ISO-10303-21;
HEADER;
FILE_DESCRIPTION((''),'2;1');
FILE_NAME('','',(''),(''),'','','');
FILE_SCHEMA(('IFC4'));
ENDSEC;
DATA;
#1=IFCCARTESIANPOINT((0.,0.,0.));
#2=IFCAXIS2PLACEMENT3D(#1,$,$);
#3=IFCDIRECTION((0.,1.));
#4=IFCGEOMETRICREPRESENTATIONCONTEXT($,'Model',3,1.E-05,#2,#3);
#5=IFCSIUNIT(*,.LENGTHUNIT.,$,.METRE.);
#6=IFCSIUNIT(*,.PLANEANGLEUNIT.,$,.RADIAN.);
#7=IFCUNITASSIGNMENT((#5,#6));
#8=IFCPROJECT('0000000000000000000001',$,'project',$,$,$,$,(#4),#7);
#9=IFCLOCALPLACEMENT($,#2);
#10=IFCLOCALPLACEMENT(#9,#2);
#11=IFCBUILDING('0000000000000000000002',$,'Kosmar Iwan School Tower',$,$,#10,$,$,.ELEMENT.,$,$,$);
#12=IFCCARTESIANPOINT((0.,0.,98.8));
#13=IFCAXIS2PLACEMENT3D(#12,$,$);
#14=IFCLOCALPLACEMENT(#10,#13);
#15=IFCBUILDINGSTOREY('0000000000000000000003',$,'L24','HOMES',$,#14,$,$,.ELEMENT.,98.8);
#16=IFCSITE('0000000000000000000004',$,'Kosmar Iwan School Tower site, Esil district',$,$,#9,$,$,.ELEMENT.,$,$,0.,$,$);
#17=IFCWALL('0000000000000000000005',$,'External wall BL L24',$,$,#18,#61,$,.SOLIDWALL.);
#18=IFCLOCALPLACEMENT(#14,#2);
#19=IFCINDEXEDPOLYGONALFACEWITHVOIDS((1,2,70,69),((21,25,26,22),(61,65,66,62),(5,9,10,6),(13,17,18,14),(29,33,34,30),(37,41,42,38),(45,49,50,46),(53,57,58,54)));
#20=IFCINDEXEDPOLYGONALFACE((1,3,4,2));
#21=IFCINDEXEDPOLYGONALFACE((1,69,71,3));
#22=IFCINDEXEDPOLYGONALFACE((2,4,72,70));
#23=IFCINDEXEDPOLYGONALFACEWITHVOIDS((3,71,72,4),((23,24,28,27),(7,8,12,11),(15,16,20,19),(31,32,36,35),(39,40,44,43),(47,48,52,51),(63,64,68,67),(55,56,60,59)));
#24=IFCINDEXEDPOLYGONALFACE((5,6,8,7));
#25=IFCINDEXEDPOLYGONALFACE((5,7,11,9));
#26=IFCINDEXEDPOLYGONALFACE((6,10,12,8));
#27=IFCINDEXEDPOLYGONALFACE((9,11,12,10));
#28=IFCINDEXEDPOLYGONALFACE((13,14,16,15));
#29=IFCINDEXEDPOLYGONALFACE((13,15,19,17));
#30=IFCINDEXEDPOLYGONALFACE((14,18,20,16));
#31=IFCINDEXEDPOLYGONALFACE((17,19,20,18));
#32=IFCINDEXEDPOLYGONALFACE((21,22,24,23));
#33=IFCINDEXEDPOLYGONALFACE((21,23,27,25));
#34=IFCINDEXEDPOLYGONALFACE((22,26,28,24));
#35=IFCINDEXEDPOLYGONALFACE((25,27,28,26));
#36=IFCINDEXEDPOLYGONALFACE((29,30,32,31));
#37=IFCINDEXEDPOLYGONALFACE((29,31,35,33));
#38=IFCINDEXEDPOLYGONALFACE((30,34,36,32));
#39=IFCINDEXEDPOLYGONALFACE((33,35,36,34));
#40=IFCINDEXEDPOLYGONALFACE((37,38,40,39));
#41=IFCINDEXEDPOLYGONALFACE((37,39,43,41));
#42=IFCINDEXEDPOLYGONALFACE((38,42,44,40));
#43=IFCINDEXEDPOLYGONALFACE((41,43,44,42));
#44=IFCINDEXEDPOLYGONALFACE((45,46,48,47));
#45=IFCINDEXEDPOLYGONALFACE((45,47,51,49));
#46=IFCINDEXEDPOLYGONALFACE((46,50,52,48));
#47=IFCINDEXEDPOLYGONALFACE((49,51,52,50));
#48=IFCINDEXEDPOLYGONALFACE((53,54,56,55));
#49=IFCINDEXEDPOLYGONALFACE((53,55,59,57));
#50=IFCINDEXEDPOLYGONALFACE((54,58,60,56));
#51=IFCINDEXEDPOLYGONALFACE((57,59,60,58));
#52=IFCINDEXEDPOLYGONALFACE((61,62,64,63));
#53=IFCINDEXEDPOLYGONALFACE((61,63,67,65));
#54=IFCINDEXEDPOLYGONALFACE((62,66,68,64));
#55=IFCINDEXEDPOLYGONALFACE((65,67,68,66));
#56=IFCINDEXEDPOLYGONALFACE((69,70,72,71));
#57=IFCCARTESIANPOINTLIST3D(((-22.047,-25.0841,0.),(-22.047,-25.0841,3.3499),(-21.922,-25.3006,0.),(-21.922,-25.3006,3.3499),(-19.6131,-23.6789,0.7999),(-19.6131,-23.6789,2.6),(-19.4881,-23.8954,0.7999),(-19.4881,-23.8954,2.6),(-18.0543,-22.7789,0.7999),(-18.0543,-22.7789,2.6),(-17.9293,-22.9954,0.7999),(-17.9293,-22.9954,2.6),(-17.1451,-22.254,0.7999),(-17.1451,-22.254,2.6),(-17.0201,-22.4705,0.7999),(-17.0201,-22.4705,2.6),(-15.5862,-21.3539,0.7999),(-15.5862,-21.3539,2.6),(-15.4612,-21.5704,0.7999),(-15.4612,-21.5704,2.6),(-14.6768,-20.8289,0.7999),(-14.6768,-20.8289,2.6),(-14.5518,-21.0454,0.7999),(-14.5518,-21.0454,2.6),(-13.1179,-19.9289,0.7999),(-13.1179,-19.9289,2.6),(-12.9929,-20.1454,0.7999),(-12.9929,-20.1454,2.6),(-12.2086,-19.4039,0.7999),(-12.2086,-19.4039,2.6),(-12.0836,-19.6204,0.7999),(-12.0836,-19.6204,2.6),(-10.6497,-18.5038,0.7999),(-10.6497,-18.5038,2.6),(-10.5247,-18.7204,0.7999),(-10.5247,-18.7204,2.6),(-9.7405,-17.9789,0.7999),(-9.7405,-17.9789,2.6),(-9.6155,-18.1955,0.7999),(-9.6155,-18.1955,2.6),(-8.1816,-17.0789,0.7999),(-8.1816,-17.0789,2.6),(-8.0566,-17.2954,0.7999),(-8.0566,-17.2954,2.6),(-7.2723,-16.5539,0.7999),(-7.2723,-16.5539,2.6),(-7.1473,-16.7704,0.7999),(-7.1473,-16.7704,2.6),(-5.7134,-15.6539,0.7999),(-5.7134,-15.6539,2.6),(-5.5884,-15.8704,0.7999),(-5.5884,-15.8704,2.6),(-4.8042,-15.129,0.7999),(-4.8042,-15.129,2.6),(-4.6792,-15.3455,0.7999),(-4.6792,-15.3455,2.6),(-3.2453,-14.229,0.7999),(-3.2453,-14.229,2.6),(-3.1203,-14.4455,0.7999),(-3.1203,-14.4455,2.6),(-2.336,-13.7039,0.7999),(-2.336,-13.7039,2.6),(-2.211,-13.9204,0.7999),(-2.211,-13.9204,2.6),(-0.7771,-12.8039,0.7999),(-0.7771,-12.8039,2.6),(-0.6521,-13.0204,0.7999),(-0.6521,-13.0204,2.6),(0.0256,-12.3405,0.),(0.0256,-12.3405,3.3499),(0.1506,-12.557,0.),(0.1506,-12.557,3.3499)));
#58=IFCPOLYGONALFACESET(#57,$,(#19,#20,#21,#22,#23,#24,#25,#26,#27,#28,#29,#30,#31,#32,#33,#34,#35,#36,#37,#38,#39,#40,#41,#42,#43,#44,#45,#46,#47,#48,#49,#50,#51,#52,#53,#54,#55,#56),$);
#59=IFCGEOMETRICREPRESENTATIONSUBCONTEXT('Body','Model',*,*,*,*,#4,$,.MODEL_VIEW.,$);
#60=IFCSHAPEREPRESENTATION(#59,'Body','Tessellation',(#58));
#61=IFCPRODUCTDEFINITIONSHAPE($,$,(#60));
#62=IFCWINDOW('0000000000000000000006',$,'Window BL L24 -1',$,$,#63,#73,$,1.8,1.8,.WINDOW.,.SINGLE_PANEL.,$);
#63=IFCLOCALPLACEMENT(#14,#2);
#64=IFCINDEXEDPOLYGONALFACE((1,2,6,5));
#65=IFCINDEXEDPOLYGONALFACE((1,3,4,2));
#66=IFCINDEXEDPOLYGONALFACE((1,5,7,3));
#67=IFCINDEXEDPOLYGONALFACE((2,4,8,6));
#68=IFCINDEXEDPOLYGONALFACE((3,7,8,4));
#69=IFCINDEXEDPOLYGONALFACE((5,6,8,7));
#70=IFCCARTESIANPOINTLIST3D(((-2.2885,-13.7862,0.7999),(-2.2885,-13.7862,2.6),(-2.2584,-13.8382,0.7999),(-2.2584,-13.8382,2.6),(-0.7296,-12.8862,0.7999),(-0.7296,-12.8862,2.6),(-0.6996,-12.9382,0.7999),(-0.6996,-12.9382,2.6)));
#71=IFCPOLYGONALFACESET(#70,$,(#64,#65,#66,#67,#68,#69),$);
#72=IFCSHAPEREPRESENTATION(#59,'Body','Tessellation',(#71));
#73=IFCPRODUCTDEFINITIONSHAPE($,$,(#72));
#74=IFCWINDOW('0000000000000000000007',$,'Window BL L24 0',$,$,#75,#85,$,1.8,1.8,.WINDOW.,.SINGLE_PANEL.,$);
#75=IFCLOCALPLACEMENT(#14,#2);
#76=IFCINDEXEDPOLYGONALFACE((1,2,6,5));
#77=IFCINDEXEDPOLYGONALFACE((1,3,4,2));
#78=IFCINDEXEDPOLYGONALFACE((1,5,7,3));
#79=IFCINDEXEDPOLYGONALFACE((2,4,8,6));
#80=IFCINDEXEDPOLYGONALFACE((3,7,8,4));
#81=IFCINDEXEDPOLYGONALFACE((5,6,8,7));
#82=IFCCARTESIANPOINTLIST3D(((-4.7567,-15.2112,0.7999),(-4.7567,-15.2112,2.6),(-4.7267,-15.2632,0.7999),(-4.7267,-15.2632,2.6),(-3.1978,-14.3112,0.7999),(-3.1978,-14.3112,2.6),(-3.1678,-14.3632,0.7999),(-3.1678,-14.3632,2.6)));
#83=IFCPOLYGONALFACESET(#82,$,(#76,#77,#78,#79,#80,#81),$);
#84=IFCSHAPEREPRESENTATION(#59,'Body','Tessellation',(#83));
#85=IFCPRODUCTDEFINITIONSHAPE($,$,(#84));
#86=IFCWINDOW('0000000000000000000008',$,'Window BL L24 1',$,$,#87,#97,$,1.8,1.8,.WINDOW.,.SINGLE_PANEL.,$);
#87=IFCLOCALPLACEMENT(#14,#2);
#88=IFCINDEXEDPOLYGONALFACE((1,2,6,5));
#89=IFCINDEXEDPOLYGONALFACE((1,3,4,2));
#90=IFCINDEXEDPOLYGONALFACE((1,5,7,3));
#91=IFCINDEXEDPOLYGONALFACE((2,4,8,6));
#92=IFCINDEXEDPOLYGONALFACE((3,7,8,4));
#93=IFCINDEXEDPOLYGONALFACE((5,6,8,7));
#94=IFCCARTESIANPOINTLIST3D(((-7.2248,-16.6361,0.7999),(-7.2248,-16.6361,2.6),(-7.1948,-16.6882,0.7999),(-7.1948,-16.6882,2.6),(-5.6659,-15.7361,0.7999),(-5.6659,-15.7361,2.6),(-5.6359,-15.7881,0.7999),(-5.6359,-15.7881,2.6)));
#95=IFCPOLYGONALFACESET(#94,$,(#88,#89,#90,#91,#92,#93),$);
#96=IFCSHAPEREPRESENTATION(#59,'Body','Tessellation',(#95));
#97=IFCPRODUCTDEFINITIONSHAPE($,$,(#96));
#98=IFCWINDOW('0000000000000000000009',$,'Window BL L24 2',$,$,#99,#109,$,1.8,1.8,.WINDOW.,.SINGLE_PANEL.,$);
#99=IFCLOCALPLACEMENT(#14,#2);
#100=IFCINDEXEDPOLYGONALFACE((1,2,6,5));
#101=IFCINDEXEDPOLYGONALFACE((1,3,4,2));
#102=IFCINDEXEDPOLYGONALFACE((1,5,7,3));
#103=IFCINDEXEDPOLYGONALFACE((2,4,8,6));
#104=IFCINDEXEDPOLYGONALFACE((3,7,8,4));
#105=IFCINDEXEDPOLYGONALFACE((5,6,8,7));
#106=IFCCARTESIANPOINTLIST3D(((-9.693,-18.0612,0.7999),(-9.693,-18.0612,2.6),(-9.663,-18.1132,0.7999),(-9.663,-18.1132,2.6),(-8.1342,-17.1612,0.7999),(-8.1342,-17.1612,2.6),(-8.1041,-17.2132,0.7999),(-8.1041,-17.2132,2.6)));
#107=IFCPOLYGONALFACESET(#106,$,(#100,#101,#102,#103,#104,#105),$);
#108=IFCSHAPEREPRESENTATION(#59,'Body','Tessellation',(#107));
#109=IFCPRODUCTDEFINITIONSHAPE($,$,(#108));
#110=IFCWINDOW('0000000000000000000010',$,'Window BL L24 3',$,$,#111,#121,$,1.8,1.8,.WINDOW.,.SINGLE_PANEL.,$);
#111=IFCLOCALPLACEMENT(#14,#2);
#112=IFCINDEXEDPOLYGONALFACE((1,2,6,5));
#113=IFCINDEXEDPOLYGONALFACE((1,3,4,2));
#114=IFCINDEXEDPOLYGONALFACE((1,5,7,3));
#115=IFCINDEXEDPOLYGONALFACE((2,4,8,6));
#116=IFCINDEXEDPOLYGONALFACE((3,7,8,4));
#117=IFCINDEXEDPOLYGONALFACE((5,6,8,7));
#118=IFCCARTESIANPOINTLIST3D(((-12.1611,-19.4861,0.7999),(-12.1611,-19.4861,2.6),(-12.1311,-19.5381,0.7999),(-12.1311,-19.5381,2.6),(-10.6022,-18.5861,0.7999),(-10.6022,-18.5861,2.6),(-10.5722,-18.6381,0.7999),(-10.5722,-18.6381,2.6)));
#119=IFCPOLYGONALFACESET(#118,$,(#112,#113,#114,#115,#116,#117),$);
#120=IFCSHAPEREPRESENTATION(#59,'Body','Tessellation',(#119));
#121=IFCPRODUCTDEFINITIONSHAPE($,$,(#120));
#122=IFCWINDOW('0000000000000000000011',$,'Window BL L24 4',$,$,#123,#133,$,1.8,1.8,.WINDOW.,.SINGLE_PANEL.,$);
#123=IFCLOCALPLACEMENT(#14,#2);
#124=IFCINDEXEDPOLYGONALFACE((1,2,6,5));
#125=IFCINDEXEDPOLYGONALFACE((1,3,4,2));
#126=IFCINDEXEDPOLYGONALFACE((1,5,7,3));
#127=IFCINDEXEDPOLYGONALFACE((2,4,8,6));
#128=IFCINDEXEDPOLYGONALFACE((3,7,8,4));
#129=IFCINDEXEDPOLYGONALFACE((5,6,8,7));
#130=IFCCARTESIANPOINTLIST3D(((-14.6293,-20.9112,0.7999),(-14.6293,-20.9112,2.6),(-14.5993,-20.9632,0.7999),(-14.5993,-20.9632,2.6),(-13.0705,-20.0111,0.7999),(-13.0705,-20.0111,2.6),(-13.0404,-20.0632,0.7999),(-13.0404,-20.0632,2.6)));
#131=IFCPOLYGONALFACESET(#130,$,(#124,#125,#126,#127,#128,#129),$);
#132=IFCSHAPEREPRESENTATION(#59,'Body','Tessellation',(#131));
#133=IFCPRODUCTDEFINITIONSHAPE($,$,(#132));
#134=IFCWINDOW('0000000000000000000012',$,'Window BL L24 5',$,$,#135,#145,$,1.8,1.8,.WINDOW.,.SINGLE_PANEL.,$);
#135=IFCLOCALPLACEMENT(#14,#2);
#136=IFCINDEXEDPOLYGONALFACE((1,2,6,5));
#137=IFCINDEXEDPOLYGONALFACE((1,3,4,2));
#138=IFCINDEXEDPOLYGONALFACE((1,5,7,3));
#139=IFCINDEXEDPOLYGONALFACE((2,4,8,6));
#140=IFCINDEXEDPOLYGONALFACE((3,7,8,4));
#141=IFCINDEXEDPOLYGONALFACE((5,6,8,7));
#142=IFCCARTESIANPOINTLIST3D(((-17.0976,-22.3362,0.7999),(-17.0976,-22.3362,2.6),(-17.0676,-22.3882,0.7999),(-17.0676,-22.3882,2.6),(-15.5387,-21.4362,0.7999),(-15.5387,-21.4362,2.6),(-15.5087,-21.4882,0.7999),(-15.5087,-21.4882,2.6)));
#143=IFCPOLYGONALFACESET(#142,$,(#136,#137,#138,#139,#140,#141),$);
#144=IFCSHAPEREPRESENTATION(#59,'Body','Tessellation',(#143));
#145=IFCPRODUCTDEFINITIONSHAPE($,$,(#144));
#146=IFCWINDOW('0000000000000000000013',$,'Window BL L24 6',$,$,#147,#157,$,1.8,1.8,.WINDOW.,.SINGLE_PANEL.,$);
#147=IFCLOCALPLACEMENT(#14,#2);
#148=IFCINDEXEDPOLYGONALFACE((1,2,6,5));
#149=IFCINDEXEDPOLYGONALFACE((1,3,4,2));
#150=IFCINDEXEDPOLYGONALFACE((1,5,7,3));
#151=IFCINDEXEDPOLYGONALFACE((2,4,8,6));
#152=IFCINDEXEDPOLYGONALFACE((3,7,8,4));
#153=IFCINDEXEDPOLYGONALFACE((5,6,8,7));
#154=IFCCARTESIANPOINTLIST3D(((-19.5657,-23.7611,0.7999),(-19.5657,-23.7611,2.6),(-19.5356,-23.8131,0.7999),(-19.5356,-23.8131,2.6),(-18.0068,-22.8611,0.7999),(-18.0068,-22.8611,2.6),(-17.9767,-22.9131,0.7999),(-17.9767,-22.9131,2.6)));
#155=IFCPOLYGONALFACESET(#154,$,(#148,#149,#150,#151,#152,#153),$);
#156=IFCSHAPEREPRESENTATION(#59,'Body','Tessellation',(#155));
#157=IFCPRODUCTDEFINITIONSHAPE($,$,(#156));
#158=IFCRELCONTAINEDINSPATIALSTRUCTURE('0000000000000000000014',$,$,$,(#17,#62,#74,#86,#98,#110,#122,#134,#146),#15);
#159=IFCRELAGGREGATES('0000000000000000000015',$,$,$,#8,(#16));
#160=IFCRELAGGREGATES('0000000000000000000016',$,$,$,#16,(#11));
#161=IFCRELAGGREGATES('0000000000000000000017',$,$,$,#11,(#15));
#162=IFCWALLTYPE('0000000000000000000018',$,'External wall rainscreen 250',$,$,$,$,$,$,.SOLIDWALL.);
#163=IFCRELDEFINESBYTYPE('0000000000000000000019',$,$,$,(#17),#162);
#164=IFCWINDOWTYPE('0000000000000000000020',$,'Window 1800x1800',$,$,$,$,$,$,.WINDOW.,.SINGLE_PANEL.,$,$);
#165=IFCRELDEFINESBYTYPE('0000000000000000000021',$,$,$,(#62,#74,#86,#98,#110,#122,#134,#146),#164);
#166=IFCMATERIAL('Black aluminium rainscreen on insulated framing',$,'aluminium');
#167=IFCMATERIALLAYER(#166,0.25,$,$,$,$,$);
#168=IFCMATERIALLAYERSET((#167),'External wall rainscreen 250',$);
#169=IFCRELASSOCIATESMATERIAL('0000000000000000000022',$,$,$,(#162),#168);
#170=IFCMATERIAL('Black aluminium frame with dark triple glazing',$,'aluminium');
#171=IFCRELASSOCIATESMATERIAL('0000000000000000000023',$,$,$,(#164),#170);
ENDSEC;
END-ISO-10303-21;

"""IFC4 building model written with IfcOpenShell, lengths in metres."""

from ifc_helpers import new_model, si_unit, direction, frame, frame_2d, origin, place, context, subcontext, project, spatial, rectangle, extrude, material, layer, layer_set, type_object, element, fill, save


model = new_model("IFC4")

# Units and contexts
model_context = context("Model", 3, precision=1e-05, world=origin(), true_north=direction((0.0, 1.0)))
body_context = subcontext(model_context, "Body", "Model", "MODEL_VIEW")
ifc_project = project(units=[si_unit("LENGTHUNIT", "METRE"), si_unit("PLANEANGLEUNIT", "RADIAN")], contexts=[model_context])

# Site, building, storey
site_placement = place(None, origin())
site = spatial("IfcSite", under=ifc_project, at=site_placement, Name="Kosmar Iwan School Tower site, Esil district", CompositionType="ELEMENT", RefElevation=0.0)
building_placement = place(site_placement, origin())
building = spatial("IfcBuilding", under=site, at=building_placement, Name="Kosmar Iwan School Tower", CompositionType="ELEMENT")
storey_placement = place(building_placement, frame((0.0, 0.0, 98.8)))
storey = spatial("IfcBuildingStorey", under=building, at=storey_placement, Name="L24", Description="HOMES", CompositionType="ELEMENT", Elevation=98.8)

# Wall, openings, windows
ifc_material_1 = material(Name="Black aluminium rainscreen on insulated framing", Category="aluminium")
ifc_layer = layer(ifc_material_1, 0.25)
ifc_layer_set = layer_set([ifc_layer], Name="External wall rainscreen 250")
wall_type = type_object("IfcWallType", Name="External wall rainscreen 250", PredefinedType="SOLIDWALL", material=ifc_layer_set)
wall_1_placement = place(storey_placement, frame((0.0881, -12.4487, 0.0), z_axis=(0.0, 0.0, 1.0), x_axis=(-0.866026, -0.499998, 0.0)))
wall_1 = element("IfcWall", 1, at=wall_1_placement, inside=storey, type_object=wall_type, Name="External wall BL L24", PredefinedType="SOLIDWALL", context=body_context, shape_type="SweptSolid", body=[
    extrude(rectangle(XDim=25.4873, YDim=0.25, at=frame_2d((12.7437, 0.0))), origin(), (0.0, 0.0, 1.0), 3.3499),
])
opening_1_placement = place(wall_1_placement, frame((0.927, 0.0, 0.8)))
opening_1 = element("IfcOpeningElement", 2, at=opening_1_placement, cuts=wall_1, PredefinedType="OPENING", context=body_context, shape_type="SweptSolid", body=[
    extrude(rectangle(XDim=1.8, YDim=1.8, at=frame_2d((0.8999, 0.8999))), frame((0.0, 0.137, 0.0), z_axis=(0.0, -1.0, 0.0), x_axis=(1.0, 0.0, 0.0)), (0.0, 0.0, 1.0), 0.2739),
])
opening_2_placement = place(wall_1_placement, frame((3.7771, 0.0, 0.8)))
opening_2 = element("IfcOpeningElement", 3, at=opening_2_placement, cuts=wall_1, PredefinedType="OPENING", context=body_context, shape_type="SweptSolid", body=[
    extrude(rectangle(XDim=1.8, YDim=1.8, at=frame_2d((0.8999, 0.8999))), frame((0.0, 0.137, 0.0), z_axis=(0.0, -1.0, 0.0), x_axis=(1.0, 0.0, 0.0)), (0.0, 0.0, 1.0), 0.2739),
])
opening_3_placement = place(wall_1_placement, frame((6.627, 0.0, 0.8)))
opening_3 = element("IfcOpeningElement", 4, at=opening_3_placement, cuts=wall_1, PredefinedType="OPENING", context=body_context, shape_type="SweptSolid", body=[
    extrude(rectangle(XDim=1.8, YDim=1.8, at=frame_2d((0.8999, 0.8999))), frame((0.0, 0.137, 0.0), z_axis=(0.0, -1.0, 0.0), x_axis=(1.0, 0.0, 0.0)), (0.0, 0.0, 1.0), 0.2739),
])
opening_4_placement = place(wall_1_placement, frame((9.4771, 0.0, 0.8)))
opening_4 = element("IfcOpeningElement", 5, at=opening_4_placement, cuts=wall_1, PredefinedType="OPENING", context=body_context, shape_type="SweptSolid", body=[
    extrude(rectangle(XDim=1.8, YDim=1.8, at=frame_2d((0.8999, 0.8999))), frame((0.0, 0.137, 0.0), z_axis=(0.0, -1.0, 0.0), x_axis=(1.0, 0.0, 0.0)), (0.0, 0.0, 1.0), 0.2739),
])
opening_5_placement = place(wall_1_placement, frame((12.3269, 0.0, 0.8)))
opening_5 = element("IfcOpeningElement", 6, at=opening_5_placement, cuts=wall_1, PredefinedType="OPENING", context=body_context, shape_type="SweptSolid", body=[
    extrude(rectangle(XDim=1.8, YDim=1.8, at=frame_2d((0.8999, 0.8999))), frame((0.0, 0.137, 0.0), z_axis=(0.0, -1.0, 0.0), x_axis=(1.0, 0.0, 0.0)), (0.0, 0.0, 1.0), 0.2739),
])
opening_6_placement = place(wall_1_placement, frame((15.177, 0.0, 0.8)))
opening_6 = element("IfcOpeningElement", 7, at=opening_6_placement, cuts=wall_1, PredefinedType="OPENING", context=body_context, shape_type="SweptSolid", body=[
    extrude(rectangle(XDim=1.8, YDim=1.8, at=frame_2d((0.8999, 0.8999))), frame((0.0, 0.137, 0.0), z_axis=(0.0, -1.0, 0.0), x_axis=(1.0, 0.0, 0.0)), (0.0, 0.0, 1.0), 0.2739),
])
opening_7_placement = place(wall_1_placement, frame((18.0271, 0.0, 0.8)))
opening_7 = element("IfcOpeningElement", 8, at=opening_7_placement, cuts=wall_1, PredefinedType="OPENING", context=body_context, shape_type="SweptSolid", body=[
    extrude(rectangle(XDim=1.8, YDim=1.8, at=frame_2d((0.8999, 0.8999))), frame((0.0, 0.137, 0.0), z_axis=(0.0, -1.0, 0.0), x_axis=(1.0, 0.0, 0.0)), (0.0, 0.0, 1.0), 0.2739),
])
opening_8_placement = place(wall_1_placement, frame((20.877, 0.0, 0.8)))
opening_8 = element("IfcOpeningElement", 9, at=opening_8_placement, cuts=wall_1, PredefinedType="OPENING", context=body_context, shape_type="SweptSolid", body=[
    extrude(rectangle(XDim=1.8, YDim=1.8, at=frame_2d((0.8999, 0.8999))), frame((0.0, 0.137, 0.0), z_axis=(0.0, -1.0, 0.0), x_axis=(1.0, 0.0, 0.0)), (0.0, 0.0, 1.0), 0.2739),
])
ifc_material_2 = material(Name="Black aluminium frame with dark triple glazing", Category="aluminium")
window_type = type_object("IfcWindowType", Name="Window 1800x1800", PartitioningType="SINGLE_PANEL", PredefinedType="WINDOW", material=ifc_material_2)
window_1_placement = place(opening_1_placement, origin())
window_1 = element("IfcWindow", 10, at=window_1_placement, inside=storey, type_object=window_type, Name="Window BL L24 -1", OverallHeight=1.8, OverallWidth=1.8, PartitioningType="SINGLE_PANEL", PredefinedType="WINDOW", context=body_context, shape_type="SweptSolid", body=[
    extrude(rectangle(XDim=1.8, YDim=1.8, at=frame_2d((0.8999, 0.8999))), frame((0.0, 0.03, 0.0), z_axis=(0.0, -1.0, 0.0), x_axis=(1.0, 0.0, 0.0)), (0.0, 0.0, 1.0), 0.0601),
])
fill(opening_1, window_1)
window_2_placement = place(opening_2_placement, origin())
window_2 = element("IfcWindow", 11, at=window_2_placement, inside=storey, type_object=window_type, Name="Window BL L24 0", OverallHeight=1.8, OverallWidth=1.8, PartitioningType="SINGLE_PANEL", PredefinedType="WINDOW", context=body_context, shape_type="SweptSolid", body=[
    extrude(rectangle(XDim=1.8, YDim=1.8, at=frame_2d((0.8999, 0.8999))), frame((0.0, 0.03, 0.0), z_axis=(0.0, -1.0, 0.0), x_axis=(1.0, 0.0, 0.0)), (0.0, 0.0, 1.0), 0.0601),
])
fill(opening_2, window_2)
window_3_placement = place(opening_3_placement, origin())
window_3 = element("IfcWindow", 12, at=window_3_placement, inside=storey, type_object=window_type, Name="Window BL L24 1", OverallHeight=1.8, OverallWidth=1.8, PartitioningType="SINGLE_PANEL", PredefinedType="WINDOW", context=body_context, shape_type="SweptSolid", body=[
    extrude(rectangle(XDim=1.8, YDim=1.8, at=frame_2d((0.8999, 0.8999))), frame((0.0, 0.03, 0.0), z_axis=(0.0, -1.0, 0.0), x_axis=(1.0, 0.0, 0.0)), (0.0, 0.0, 1.0), 0.0601),
])
fill(opening_3, window_3)
window_4_placement = place(opening_4_placement, origin())
window_4 = element("IfcWindow", 13, at=window_4_placement, inside=storey, type_object=window_type, Name="Window BL L24 2", OverallHeight=1.8, OverallWidth=1.8, PartitioningType="SINGLE_PANEL", PredefinedType="WINDOW", context=body_context, shape_type="SweptSolid", body=[
    extrude(rectangle(XDim=1.8, YDim=1.8, at=frame_2d((0.8999, 0.8999))), frame((0.0, 0.03, 0.0), z_axis=(0.0, -1.0, 0.0), x_axis=(1.0, 0.0, 0.0)), (0.0, 0.0, 1.0), 0.0601),
])
fill(opening_4, window_4)
window_5_placement = place(opening_5_placement, origin())
window_5 = element("IfcWindow", 14, at=window_5_placement, inside=storey, type_object=window_type, Name="Window BL L24 3", OverallHeight=1.8, OverallWidth=1.8, PartitioningType="SINGLE_PANEL", PredefinedType="WINDOW", context=body_context, shape_type="SweptSolid", body=[
    extrude(rectangle(XDim=1.8, YDim=1.8, at=frame_2d((0.8999, 0.8999))), frame((0.0, 0.03, 0.0), z_axis=(0.0, -1.0, 0.0), x_axis=(1.0, 0.0, 0.0)), (0.0, 0.0, 1.0), 0.0601),
])
fill(opening_5, window_5)
window_6_placement = place(opening_6_placement, origin())
window_6 = element("IfcWindow", 15, at=window_6_placement, inside=storey, type_object=window_type, Name="Window BL L24 4", OverallHeight=1.8, OverallWidth=1.8, PartitioningType="SINGLE_PANEL", PredefinedType="WINDOW", context=body_context, shape_type="SweptSolid", body=[
    extrude(rectangle(XDim=1.8, YDim=1.8, at=frame_2d((0.8999, 0.8999))), frame((0.0, 0.03, 0.0), z_axis=(0.0, -1.0, 0.0), x_axis=(1.0, 0.0, 0.0)), (0.0, 0.0, 1.0), 0.0601),
])
fill(opening_6, window_6)
window_7_placement = place(opening_7_placement, origin())
window_7 = element("IfcWindow", 16, at=window_7_placement, inside=storey, type_object=window_type, Name="Window BL L24 5", OverallHeight=1.8, OverallWidth=1.8, PartitioningType="SINGLE_PANEL", PredefinedType="WINDOW", context=body_context, shape_type="SweptSolid", body=[
    extrude(rectangle(XDim=1.8, YDim=1.8, at=frame_2d((0.8999, 0.8999))), frame((0.0, 0.03, 0.0), z_axis=(0.0, -1.0, 0.0), x_axis=(1.0, 0.0, 0.0)), (0.0, 0.0, 1.0), 0.0601),
])
fill(opening_7, window_7)
window_8_placement = place(opening_8_placement, origin())
window_8 = element("IfcWindow", 17, at=window_8_placement, inside=storey, type_object=window_type, Name="Window BL L24 6", OverallHeight=1.8, OverallWidth=1.8, PartitioningType="SINGLE_PANEL", PredefinedType="WINDOW", context=body_context, shape_type="SweptSolid", body=[
    extrude(rectangle(XDim=1.8, YDim=1.8, at=frame_2d((0.8999, 0.8999))), frame((0.0, 0.03, 0.0), z_axis=(0.0, -1.0, 0.0), x_axis=(1.0, 0.0, 0.0)), (0.0, 0.0, 1.0), 0.0601),
])
fill(opening_8, window_8)

save(model, "model.ifc")
